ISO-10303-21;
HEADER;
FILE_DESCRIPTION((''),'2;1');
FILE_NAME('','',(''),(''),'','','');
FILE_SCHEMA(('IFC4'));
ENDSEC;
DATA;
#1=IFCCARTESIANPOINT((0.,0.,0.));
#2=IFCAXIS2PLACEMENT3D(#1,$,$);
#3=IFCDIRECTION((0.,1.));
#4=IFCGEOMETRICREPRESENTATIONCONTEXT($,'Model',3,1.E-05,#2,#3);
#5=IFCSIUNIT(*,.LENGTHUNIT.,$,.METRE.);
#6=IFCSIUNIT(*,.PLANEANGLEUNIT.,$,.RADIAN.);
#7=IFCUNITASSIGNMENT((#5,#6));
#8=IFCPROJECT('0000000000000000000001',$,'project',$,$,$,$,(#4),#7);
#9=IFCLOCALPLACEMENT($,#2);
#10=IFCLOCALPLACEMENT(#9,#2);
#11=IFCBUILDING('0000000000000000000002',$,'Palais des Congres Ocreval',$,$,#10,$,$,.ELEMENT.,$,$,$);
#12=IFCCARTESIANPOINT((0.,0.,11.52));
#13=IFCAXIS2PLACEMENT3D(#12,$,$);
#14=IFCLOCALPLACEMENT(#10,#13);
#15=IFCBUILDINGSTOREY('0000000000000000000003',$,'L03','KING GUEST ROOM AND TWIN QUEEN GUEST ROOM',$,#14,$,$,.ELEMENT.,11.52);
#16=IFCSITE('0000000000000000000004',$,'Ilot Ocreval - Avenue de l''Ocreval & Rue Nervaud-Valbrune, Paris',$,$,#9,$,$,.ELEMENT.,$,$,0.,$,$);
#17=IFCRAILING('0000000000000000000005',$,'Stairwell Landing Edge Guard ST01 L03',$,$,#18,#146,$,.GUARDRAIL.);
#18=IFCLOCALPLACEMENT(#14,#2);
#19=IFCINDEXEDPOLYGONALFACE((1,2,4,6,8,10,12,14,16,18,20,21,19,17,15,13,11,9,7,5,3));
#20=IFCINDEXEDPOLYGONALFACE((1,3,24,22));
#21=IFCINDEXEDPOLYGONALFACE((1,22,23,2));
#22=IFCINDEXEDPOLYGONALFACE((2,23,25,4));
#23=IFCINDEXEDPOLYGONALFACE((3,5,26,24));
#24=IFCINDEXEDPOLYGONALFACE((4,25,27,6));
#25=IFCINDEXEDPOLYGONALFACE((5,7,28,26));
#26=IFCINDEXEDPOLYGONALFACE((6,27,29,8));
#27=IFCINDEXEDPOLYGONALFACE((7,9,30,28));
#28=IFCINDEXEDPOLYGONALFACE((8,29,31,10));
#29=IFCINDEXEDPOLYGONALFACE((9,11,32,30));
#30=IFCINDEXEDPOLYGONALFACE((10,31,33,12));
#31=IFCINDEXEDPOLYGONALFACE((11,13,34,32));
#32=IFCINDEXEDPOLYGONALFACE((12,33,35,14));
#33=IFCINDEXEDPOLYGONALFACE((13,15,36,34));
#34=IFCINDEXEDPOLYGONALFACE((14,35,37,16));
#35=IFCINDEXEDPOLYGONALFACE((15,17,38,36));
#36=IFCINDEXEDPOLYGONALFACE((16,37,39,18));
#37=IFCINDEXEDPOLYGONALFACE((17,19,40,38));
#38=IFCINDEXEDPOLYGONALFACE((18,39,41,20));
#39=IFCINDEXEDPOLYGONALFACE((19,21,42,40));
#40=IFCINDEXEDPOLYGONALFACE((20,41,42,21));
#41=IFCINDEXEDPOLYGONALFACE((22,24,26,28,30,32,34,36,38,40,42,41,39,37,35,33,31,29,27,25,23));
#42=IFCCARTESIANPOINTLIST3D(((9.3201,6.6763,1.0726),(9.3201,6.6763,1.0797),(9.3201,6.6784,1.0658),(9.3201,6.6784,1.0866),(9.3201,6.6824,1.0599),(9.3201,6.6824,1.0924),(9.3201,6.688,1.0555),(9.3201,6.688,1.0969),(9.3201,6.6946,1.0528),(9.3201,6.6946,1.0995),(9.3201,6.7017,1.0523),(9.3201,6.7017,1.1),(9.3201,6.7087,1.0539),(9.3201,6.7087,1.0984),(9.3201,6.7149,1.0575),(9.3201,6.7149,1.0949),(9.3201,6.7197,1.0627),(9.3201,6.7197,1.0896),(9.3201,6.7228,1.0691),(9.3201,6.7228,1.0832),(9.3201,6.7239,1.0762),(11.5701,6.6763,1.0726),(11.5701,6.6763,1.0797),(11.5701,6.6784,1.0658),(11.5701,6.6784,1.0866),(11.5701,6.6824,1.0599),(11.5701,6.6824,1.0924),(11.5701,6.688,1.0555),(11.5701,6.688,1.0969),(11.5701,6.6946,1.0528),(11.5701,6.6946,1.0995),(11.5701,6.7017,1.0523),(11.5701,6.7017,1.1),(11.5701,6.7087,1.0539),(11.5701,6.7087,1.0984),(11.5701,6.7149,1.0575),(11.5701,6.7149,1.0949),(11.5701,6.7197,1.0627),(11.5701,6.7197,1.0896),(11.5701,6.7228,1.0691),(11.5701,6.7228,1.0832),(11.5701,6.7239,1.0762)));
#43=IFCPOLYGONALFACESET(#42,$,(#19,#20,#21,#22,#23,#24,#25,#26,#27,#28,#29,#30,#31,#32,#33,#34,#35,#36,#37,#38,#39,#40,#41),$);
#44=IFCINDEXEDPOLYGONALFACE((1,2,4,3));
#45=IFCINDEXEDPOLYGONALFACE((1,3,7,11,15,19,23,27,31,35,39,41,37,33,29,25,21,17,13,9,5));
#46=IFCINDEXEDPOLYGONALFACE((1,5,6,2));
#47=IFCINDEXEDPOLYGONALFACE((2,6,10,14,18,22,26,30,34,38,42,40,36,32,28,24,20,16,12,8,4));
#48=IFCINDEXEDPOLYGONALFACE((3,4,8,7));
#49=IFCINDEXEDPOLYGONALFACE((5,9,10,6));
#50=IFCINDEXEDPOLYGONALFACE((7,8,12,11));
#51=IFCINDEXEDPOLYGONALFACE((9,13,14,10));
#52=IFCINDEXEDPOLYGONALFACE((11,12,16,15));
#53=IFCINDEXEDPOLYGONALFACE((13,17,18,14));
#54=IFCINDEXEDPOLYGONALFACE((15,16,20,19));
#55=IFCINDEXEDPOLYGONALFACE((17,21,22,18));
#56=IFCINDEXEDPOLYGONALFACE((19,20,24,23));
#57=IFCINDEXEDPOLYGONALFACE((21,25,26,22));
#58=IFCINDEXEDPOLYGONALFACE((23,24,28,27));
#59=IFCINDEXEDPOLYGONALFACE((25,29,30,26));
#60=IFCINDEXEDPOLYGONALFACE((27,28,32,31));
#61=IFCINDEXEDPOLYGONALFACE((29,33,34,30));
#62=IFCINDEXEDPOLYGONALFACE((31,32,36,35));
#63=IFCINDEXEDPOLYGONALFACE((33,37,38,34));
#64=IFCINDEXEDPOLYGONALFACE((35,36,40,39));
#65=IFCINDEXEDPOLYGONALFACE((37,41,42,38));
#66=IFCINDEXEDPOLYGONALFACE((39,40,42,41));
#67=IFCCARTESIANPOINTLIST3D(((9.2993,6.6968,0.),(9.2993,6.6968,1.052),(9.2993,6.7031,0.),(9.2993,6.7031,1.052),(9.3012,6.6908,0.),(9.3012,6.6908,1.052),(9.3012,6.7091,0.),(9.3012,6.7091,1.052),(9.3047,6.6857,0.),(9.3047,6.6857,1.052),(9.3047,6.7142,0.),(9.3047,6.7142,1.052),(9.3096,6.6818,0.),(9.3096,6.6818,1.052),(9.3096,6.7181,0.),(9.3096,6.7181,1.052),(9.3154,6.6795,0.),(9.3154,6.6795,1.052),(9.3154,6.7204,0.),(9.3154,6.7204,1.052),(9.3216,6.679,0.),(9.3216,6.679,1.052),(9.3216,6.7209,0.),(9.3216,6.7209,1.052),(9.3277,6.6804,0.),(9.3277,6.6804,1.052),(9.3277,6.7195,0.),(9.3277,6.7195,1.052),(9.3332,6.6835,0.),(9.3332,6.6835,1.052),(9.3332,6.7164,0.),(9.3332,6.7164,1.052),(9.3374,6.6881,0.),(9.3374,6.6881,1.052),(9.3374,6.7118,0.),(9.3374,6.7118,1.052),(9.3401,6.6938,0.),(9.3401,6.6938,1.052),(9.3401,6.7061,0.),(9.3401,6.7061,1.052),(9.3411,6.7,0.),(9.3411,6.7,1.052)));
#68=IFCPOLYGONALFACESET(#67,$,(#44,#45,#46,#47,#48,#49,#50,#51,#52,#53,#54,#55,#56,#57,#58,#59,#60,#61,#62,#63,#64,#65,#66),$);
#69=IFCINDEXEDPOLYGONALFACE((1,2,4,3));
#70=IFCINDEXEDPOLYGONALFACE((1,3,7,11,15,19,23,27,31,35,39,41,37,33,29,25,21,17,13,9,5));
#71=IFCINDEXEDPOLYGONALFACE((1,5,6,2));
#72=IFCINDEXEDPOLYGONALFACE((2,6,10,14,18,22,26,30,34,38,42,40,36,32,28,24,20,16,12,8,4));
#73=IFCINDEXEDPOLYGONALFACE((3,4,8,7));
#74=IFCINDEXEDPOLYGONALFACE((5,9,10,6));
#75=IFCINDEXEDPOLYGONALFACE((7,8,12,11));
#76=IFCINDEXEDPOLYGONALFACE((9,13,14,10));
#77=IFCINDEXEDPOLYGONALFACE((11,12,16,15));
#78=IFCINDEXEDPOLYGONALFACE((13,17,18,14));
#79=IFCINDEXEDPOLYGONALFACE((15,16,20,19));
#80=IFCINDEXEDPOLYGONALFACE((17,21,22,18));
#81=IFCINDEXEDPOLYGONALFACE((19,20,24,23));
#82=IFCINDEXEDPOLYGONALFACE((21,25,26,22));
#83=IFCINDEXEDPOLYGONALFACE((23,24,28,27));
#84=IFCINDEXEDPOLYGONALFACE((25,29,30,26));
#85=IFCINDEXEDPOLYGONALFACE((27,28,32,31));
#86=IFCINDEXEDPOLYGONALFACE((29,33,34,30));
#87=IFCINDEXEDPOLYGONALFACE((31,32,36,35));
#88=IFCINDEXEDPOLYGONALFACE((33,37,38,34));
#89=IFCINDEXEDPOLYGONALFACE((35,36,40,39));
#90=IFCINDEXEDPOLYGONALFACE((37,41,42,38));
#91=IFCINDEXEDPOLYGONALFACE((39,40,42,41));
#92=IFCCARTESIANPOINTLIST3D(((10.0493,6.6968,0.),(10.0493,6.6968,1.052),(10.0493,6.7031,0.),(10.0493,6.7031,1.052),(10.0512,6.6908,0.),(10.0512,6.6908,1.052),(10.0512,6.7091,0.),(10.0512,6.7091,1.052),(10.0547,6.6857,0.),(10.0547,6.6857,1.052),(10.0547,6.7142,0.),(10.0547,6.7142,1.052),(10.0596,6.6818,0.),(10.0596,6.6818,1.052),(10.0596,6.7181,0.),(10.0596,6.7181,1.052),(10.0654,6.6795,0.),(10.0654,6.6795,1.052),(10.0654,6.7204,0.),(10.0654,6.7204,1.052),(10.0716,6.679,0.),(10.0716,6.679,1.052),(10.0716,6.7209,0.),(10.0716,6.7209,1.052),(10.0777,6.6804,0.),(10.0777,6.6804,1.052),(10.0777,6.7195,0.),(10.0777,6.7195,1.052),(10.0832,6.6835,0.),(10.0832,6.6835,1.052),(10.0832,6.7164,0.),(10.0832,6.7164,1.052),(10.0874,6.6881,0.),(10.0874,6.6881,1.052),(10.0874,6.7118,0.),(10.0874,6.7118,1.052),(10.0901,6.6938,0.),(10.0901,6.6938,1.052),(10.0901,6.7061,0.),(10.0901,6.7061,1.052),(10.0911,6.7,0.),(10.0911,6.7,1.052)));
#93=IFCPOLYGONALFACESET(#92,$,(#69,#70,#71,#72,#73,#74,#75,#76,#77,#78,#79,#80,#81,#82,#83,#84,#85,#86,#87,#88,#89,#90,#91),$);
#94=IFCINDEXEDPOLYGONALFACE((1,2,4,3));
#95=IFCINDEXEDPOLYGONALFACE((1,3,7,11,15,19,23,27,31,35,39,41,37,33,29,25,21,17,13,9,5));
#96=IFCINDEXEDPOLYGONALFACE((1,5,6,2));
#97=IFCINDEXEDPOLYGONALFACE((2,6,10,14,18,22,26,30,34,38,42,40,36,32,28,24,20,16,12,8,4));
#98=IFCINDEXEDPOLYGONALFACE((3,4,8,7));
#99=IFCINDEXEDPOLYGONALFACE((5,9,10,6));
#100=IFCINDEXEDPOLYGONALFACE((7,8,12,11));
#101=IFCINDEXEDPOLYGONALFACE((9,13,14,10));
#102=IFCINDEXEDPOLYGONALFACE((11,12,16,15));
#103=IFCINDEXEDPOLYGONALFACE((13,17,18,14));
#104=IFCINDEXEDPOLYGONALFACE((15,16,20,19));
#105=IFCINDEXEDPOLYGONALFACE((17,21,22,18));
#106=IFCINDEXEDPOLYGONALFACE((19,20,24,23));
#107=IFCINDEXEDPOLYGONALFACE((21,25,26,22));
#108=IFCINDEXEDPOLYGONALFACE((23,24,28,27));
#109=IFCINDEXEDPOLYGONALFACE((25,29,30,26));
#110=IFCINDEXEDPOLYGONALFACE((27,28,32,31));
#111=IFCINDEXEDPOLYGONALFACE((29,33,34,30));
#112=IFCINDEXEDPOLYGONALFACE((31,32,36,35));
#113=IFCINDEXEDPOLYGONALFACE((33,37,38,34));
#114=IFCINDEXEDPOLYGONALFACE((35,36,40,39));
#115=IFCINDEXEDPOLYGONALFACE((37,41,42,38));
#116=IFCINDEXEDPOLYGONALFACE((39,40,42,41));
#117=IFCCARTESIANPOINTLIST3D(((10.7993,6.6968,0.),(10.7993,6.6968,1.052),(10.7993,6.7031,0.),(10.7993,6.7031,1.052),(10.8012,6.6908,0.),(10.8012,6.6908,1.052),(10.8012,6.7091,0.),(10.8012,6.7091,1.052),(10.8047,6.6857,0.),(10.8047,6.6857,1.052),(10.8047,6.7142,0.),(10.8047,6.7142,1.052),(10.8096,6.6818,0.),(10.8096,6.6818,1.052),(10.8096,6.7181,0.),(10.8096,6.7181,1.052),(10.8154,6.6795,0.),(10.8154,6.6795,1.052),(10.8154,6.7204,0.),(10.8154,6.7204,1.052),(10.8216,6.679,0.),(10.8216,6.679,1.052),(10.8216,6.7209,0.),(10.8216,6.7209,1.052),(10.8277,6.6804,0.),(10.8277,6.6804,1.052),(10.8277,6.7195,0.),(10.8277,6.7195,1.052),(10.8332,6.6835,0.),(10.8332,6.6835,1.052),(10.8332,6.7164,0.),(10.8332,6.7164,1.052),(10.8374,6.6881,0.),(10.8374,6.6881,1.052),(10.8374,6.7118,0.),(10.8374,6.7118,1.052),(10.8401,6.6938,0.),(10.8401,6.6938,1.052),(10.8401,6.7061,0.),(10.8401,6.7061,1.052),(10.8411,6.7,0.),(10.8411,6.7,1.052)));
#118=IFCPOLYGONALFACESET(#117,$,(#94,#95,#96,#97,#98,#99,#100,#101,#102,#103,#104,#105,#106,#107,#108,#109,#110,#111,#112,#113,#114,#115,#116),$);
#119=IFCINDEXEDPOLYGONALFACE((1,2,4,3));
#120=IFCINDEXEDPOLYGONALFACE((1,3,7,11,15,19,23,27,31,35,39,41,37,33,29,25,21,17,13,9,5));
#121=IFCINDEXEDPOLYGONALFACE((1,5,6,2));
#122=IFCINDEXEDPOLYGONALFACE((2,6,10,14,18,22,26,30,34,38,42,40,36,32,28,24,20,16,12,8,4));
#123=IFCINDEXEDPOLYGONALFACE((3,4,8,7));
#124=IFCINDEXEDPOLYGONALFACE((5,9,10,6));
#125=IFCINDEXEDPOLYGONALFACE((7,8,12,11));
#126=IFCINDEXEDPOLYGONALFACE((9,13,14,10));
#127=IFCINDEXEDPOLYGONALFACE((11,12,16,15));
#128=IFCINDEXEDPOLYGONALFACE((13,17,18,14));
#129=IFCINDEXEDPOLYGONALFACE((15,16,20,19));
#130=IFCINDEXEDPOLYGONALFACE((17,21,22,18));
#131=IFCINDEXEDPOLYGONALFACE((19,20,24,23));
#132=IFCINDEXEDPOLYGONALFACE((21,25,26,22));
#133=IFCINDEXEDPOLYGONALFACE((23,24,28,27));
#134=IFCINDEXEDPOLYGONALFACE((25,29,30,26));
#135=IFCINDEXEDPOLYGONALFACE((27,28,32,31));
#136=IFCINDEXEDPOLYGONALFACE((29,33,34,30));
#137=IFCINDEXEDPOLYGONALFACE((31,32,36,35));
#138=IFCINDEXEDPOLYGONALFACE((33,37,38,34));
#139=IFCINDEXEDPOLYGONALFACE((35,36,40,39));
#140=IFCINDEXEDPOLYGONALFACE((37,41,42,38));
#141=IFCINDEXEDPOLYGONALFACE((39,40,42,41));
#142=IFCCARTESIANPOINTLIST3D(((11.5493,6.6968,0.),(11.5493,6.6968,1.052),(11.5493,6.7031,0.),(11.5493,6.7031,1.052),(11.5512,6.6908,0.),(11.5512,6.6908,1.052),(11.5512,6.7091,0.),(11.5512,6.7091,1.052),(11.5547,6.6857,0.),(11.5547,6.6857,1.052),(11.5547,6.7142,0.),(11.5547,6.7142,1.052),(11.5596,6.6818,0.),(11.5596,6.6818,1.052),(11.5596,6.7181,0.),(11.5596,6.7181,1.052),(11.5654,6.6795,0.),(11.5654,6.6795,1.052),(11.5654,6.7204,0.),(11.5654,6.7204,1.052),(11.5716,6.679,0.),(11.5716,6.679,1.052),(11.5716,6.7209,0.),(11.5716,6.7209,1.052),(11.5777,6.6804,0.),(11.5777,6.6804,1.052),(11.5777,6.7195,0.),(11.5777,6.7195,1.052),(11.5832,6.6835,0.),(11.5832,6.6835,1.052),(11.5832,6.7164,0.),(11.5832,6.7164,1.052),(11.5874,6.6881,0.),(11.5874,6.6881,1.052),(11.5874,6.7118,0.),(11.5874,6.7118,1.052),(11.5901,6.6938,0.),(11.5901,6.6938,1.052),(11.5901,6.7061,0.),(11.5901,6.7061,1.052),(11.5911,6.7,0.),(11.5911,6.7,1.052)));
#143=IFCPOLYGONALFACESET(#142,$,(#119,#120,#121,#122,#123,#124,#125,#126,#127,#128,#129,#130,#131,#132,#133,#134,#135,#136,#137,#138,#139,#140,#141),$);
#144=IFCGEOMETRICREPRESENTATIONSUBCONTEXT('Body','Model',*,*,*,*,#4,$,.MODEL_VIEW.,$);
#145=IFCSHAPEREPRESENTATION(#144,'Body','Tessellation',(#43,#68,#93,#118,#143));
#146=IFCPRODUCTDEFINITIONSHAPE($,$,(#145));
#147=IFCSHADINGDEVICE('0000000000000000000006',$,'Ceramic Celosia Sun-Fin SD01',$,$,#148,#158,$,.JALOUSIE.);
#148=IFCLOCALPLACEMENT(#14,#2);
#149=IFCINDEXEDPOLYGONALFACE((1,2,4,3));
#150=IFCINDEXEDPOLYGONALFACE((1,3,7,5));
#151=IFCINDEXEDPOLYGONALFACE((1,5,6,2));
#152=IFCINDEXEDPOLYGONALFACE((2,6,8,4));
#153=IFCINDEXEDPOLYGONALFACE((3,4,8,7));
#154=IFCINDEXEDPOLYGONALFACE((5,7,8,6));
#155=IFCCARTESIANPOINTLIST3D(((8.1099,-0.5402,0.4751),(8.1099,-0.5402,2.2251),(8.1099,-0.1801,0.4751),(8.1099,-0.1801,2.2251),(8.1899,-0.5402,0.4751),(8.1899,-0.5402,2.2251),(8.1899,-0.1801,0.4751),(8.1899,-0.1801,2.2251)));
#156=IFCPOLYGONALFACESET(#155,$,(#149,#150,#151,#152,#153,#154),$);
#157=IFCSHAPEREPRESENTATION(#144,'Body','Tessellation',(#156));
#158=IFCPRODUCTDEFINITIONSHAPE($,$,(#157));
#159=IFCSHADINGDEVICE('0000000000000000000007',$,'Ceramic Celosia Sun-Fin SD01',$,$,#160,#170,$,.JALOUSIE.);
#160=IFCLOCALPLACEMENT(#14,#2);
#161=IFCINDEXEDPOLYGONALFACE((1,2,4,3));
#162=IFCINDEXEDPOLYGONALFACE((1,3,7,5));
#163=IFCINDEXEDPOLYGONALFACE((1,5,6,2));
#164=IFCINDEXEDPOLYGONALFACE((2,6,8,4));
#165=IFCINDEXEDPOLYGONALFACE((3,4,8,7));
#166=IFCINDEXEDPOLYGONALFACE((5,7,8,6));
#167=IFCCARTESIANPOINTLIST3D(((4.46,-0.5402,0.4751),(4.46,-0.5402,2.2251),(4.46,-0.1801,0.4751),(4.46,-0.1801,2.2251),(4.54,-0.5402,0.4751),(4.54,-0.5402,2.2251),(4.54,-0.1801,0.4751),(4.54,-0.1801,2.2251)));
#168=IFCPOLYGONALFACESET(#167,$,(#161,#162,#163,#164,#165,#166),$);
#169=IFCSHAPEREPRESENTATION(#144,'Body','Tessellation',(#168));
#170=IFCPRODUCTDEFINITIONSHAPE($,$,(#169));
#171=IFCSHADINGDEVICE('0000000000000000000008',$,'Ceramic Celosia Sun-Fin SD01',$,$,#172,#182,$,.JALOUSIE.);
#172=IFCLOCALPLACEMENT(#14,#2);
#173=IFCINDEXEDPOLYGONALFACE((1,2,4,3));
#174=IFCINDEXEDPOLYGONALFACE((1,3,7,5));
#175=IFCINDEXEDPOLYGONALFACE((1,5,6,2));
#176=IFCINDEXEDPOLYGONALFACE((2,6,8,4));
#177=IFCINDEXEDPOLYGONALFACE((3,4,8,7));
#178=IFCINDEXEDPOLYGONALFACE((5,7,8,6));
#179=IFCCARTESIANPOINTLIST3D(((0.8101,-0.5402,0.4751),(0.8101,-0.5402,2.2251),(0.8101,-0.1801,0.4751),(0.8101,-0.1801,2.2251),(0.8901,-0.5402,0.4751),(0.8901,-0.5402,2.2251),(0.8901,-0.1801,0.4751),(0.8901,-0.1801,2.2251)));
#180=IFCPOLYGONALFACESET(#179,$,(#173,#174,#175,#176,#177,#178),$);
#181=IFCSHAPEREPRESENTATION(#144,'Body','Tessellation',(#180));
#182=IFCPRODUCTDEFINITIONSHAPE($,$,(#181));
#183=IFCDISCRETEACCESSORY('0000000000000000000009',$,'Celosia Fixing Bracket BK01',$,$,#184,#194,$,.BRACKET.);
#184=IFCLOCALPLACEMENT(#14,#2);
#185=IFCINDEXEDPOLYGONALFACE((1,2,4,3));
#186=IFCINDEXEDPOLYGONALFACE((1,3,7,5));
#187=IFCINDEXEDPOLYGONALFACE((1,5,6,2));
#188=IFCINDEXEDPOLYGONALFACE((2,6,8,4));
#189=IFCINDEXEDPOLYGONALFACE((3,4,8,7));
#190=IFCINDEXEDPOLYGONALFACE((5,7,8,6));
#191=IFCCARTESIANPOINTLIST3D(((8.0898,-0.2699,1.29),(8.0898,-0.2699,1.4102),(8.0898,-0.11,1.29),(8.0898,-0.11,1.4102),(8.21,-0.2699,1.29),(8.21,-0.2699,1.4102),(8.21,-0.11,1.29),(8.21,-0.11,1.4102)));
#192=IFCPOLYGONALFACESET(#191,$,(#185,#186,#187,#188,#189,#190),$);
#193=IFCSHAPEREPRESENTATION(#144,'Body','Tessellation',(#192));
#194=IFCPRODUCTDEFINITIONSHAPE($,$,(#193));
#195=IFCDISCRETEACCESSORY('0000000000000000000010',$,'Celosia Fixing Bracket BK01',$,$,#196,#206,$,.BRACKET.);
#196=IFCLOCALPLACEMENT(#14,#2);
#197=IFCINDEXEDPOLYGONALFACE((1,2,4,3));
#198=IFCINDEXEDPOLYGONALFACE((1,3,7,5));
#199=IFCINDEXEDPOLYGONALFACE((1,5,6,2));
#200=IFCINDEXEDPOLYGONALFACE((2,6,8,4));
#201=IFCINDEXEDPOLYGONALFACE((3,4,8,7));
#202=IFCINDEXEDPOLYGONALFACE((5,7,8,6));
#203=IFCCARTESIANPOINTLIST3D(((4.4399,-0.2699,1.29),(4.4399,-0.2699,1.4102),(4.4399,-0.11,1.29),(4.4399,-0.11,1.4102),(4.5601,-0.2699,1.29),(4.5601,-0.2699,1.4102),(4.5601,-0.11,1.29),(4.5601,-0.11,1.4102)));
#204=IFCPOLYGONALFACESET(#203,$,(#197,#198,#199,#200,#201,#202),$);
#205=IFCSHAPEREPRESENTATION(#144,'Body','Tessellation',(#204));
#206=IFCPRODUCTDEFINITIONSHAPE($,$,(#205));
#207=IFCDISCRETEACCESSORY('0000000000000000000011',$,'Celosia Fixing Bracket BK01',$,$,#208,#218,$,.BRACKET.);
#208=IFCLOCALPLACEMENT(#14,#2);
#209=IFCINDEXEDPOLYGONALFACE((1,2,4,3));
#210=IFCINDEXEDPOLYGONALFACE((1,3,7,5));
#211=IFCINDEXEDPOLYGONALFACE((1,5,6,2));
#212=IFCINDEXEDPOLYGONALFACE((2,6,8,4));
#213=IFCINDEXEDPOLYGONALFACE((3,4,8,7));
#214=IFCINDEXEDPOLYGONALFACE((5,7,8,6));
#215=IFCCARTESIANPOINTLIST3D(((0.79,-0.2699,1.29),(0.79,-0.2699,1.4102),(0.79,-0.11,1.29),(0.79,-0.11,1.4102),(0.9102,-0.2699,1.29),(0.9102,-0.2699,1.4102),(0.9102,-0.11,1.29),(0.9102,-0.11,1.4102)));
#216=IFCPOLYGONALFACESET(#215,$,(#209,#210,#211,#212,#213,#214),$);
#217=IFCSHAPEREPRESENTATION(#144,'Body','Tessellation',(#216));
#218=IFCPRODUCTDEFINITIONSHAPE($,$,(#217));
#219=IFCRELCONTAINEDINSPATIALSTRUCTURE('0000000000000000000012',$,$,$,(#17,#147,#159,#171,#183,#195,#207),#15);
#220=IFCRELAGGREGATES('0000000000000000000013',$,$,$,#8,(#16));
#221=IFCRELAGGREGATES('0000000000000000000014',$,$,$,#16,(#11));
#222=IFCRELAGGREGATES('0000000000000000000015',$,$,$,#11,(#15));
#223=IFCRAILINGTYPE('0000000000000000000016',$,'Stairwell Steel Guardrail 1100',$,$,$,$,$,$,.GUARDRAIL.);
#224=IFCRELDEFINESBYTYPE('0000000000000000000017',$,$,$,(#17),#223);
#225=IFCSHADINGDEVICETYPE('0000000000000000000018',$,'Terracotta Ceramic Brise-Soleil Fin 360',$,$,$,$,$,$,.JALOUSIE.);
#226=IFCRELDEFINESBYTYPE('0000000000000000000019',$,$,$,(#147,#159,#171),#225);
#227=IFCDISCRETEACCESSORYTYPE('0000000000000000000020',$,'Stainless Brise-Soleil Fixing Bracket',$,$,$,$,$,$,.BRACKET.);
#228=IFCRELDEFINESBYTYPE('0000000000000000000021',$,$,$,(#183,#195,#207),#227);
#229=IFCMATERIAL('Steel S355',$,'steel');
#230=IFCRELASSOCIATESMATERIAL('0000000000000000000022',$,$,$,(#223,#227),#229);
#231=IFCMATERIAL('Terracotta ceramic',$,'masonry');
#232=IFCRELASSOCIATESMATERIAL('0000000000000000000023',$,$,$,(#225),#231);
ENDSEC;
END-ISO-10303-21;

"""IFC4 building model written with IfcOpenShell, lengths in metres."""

from ifc_helpers import new_model, si_unit, direction, frame, origin, origin_2d, place, context, subcontext, project, spatial, rectangle, circle, extrude, material, type_object, element, save


model = new_model("IFC4")

# Units and contexts
model_context = context("Model", 3, precision=1e-05, world=origin(), true_north=direction((0.0, 1.0)))
body_context = subcontext(model_context, "Body", "Model", "MODEL_VIEW")
ifc_project = project(units=[si_unit("LENGTHUNIT", "METRE"), si_unit("PLANEANGLEUNIT", "RADIAN")], contexts=[model_context])

# Site, building, storey
site_placement = place(None, origin())
site = spatial("IfcSite", under=ifc_project, at=site_placement, Name="Ilot Ocreval - Avenue de l'Ocreval & Rue Nervaud-Valbrune, Paris", CompositionType="ELEMENT", RefElevation=0.0)
building_placement = place(site_placement, origin())
building = spatial("IfcBuilding", under=site, at=building_placement, Name="Palais des Congres Ocreval", CompositionType="ELEMENT")
storey_placement = place(building_placement, frame((0.0, 0.0, 11.52)))
storey = spatial("IfcBuildingStorey", under=building, at=storey_placement, Name="L03", Description="KING GUEST ROOM AND TWIN QUEEN GUEST ROOM", CompositionType="ELEMENT", Elevation=11.52)

# Shared definitions
ifc_material_1 = material(Name="Steel S355", Category="steel")

# Railing
railing_type_1 = type_object("IfcRailingType", Name="Stairwell Steel Guardrail 1100", PredefinedType="GUARDRAIL", material=ifc_material_1)
railing_1_placement = place(storey_placement, frame((9.3201, 6.7, 0.0)))
element("IfcRailing", 1, at=railing_1_placement, inside=storey, type_object=railing_type_1, Name="Stairwell Landing Edge Guard ST01 L03", PredefinedType="GUARDRAIL", context=body_context, shape_type="SweptSolid", body=[
    extrude(circle(Radius=0.0239, at=origin_2d()), frame((0.0, 0.0, 1.0762), z_axis=(1.0, 0.0, 0.0), x_axis=(0.0, 1.0, 0.0)), (0.0, 0.0, 1.0), 2.25),
    extrude(circle(Radius=0.021, at=origin_2d()), origin(), (0.0, 0.0, 1.0), 1.052),
    extrude(circle(Radius=0.021, at=origin_2d()), frame((0.75, 0.0, 0.0)), (0.0, 0.0, 1.0), 1.052),
    extrude(circle(Radius=0.021, at=origin_2d()), frame((1.5, 0.0, 0.0)), (0.0, 0.0, 1.0), 1.052),
    extrude(circle(Radius=0.021, at=origin_2d()), frame((2.25, 0.0, 0.0)), (0.0, 0.0, 1.0), 1.052),
])

# Shading devices
ifc_material_2 = material(Name="Terracotta ceramic", Category="masonry")
shading_device_type = type_object("IfcShadingDeviceType", Name="Terracotta Ceramic Brise-Soleil Fin 360", PredefinedType="JALOUSIE", material=ifc_material_2)
for number, where, z_axis, x_axis, name in (
    (2, (8.1499, -0.3601, 0.4751), (0.0, 0.0, 1.0), (0.0, -1.0, 0.0), "Ceramic Celosia Sun-Fin SD01"),
    (3, (4.5, -0.3601, 0.4751), (0.0, 0.0, 1.0), (0.0, -1.0, 0.0), "Ceramic Celosia Sun-Fin SD01"),
    (4, (0.8501, -0.3601, 0.4751), (0.0, 0.0, 1.0), (0.0, -1.0, 0.0), "Ceramic Celosia Sun-Fin SD01"),
):
    element("IfcShadingDevice", number, at=place(storey_placement, frame(where, z_axis=z_axis, x_axis=x_axis)), inside=storey, type_object=shading_device_type, Name=name, PredefinedType="JALOUSIE", context=body_context, shape_type="SweptSolid", body=[
        extrude(rectangle(XDim=0.3601, YDim=0.0801, at=origin_2d()), origin(), (0.0, 0.0, 1.0), 1.75),
    ])

# Discrete accessories
discrete_accessory_type = type_object("IfcDiscreteAccessoryType", Name="Stainless Brise-Soleil Fixing Bracket", PredefinedType="BRACKET", material=ifc_material_1)
for number, where, z_axis, x_axis, name in (
    (5, (8.1499, -0.1899, 1.29), (0.0, 0.0, 1.0), (0.0, -1.0, 0.0), "Celosia Fixing Bracket BK01"),
    (6, (4.5, -0.1899, 1.29), (0.0, 0.0, 1.0), (0.0, -1.0, 0.0), "Celosia Fixing Bracket BK01"),
    (7, (0.8501, -0.1899, 1.29), (0.0, 0.0, 1.0), (0.0, -1.0, 0.0), "Celosia Fixing Bracket BK01"),
):
    element("IfcDiscreteAccessory", number, at=place(storey_placement, frame(where, z_axis=z_axis, x_axis=x_axis)), inside=storey, type_object=discrete_accessory_type, Name=name, PredefinedType="BRACKET", context=body_context, shape_type="SweptSolid", body=[
        extrude(rectangle(XDim=0.1599, YDim=0.1201, at=origin_2d()), origin(), (0.0, 0.0, 1.0), 0.1201),
    ])

save(model, "model.ifc")
